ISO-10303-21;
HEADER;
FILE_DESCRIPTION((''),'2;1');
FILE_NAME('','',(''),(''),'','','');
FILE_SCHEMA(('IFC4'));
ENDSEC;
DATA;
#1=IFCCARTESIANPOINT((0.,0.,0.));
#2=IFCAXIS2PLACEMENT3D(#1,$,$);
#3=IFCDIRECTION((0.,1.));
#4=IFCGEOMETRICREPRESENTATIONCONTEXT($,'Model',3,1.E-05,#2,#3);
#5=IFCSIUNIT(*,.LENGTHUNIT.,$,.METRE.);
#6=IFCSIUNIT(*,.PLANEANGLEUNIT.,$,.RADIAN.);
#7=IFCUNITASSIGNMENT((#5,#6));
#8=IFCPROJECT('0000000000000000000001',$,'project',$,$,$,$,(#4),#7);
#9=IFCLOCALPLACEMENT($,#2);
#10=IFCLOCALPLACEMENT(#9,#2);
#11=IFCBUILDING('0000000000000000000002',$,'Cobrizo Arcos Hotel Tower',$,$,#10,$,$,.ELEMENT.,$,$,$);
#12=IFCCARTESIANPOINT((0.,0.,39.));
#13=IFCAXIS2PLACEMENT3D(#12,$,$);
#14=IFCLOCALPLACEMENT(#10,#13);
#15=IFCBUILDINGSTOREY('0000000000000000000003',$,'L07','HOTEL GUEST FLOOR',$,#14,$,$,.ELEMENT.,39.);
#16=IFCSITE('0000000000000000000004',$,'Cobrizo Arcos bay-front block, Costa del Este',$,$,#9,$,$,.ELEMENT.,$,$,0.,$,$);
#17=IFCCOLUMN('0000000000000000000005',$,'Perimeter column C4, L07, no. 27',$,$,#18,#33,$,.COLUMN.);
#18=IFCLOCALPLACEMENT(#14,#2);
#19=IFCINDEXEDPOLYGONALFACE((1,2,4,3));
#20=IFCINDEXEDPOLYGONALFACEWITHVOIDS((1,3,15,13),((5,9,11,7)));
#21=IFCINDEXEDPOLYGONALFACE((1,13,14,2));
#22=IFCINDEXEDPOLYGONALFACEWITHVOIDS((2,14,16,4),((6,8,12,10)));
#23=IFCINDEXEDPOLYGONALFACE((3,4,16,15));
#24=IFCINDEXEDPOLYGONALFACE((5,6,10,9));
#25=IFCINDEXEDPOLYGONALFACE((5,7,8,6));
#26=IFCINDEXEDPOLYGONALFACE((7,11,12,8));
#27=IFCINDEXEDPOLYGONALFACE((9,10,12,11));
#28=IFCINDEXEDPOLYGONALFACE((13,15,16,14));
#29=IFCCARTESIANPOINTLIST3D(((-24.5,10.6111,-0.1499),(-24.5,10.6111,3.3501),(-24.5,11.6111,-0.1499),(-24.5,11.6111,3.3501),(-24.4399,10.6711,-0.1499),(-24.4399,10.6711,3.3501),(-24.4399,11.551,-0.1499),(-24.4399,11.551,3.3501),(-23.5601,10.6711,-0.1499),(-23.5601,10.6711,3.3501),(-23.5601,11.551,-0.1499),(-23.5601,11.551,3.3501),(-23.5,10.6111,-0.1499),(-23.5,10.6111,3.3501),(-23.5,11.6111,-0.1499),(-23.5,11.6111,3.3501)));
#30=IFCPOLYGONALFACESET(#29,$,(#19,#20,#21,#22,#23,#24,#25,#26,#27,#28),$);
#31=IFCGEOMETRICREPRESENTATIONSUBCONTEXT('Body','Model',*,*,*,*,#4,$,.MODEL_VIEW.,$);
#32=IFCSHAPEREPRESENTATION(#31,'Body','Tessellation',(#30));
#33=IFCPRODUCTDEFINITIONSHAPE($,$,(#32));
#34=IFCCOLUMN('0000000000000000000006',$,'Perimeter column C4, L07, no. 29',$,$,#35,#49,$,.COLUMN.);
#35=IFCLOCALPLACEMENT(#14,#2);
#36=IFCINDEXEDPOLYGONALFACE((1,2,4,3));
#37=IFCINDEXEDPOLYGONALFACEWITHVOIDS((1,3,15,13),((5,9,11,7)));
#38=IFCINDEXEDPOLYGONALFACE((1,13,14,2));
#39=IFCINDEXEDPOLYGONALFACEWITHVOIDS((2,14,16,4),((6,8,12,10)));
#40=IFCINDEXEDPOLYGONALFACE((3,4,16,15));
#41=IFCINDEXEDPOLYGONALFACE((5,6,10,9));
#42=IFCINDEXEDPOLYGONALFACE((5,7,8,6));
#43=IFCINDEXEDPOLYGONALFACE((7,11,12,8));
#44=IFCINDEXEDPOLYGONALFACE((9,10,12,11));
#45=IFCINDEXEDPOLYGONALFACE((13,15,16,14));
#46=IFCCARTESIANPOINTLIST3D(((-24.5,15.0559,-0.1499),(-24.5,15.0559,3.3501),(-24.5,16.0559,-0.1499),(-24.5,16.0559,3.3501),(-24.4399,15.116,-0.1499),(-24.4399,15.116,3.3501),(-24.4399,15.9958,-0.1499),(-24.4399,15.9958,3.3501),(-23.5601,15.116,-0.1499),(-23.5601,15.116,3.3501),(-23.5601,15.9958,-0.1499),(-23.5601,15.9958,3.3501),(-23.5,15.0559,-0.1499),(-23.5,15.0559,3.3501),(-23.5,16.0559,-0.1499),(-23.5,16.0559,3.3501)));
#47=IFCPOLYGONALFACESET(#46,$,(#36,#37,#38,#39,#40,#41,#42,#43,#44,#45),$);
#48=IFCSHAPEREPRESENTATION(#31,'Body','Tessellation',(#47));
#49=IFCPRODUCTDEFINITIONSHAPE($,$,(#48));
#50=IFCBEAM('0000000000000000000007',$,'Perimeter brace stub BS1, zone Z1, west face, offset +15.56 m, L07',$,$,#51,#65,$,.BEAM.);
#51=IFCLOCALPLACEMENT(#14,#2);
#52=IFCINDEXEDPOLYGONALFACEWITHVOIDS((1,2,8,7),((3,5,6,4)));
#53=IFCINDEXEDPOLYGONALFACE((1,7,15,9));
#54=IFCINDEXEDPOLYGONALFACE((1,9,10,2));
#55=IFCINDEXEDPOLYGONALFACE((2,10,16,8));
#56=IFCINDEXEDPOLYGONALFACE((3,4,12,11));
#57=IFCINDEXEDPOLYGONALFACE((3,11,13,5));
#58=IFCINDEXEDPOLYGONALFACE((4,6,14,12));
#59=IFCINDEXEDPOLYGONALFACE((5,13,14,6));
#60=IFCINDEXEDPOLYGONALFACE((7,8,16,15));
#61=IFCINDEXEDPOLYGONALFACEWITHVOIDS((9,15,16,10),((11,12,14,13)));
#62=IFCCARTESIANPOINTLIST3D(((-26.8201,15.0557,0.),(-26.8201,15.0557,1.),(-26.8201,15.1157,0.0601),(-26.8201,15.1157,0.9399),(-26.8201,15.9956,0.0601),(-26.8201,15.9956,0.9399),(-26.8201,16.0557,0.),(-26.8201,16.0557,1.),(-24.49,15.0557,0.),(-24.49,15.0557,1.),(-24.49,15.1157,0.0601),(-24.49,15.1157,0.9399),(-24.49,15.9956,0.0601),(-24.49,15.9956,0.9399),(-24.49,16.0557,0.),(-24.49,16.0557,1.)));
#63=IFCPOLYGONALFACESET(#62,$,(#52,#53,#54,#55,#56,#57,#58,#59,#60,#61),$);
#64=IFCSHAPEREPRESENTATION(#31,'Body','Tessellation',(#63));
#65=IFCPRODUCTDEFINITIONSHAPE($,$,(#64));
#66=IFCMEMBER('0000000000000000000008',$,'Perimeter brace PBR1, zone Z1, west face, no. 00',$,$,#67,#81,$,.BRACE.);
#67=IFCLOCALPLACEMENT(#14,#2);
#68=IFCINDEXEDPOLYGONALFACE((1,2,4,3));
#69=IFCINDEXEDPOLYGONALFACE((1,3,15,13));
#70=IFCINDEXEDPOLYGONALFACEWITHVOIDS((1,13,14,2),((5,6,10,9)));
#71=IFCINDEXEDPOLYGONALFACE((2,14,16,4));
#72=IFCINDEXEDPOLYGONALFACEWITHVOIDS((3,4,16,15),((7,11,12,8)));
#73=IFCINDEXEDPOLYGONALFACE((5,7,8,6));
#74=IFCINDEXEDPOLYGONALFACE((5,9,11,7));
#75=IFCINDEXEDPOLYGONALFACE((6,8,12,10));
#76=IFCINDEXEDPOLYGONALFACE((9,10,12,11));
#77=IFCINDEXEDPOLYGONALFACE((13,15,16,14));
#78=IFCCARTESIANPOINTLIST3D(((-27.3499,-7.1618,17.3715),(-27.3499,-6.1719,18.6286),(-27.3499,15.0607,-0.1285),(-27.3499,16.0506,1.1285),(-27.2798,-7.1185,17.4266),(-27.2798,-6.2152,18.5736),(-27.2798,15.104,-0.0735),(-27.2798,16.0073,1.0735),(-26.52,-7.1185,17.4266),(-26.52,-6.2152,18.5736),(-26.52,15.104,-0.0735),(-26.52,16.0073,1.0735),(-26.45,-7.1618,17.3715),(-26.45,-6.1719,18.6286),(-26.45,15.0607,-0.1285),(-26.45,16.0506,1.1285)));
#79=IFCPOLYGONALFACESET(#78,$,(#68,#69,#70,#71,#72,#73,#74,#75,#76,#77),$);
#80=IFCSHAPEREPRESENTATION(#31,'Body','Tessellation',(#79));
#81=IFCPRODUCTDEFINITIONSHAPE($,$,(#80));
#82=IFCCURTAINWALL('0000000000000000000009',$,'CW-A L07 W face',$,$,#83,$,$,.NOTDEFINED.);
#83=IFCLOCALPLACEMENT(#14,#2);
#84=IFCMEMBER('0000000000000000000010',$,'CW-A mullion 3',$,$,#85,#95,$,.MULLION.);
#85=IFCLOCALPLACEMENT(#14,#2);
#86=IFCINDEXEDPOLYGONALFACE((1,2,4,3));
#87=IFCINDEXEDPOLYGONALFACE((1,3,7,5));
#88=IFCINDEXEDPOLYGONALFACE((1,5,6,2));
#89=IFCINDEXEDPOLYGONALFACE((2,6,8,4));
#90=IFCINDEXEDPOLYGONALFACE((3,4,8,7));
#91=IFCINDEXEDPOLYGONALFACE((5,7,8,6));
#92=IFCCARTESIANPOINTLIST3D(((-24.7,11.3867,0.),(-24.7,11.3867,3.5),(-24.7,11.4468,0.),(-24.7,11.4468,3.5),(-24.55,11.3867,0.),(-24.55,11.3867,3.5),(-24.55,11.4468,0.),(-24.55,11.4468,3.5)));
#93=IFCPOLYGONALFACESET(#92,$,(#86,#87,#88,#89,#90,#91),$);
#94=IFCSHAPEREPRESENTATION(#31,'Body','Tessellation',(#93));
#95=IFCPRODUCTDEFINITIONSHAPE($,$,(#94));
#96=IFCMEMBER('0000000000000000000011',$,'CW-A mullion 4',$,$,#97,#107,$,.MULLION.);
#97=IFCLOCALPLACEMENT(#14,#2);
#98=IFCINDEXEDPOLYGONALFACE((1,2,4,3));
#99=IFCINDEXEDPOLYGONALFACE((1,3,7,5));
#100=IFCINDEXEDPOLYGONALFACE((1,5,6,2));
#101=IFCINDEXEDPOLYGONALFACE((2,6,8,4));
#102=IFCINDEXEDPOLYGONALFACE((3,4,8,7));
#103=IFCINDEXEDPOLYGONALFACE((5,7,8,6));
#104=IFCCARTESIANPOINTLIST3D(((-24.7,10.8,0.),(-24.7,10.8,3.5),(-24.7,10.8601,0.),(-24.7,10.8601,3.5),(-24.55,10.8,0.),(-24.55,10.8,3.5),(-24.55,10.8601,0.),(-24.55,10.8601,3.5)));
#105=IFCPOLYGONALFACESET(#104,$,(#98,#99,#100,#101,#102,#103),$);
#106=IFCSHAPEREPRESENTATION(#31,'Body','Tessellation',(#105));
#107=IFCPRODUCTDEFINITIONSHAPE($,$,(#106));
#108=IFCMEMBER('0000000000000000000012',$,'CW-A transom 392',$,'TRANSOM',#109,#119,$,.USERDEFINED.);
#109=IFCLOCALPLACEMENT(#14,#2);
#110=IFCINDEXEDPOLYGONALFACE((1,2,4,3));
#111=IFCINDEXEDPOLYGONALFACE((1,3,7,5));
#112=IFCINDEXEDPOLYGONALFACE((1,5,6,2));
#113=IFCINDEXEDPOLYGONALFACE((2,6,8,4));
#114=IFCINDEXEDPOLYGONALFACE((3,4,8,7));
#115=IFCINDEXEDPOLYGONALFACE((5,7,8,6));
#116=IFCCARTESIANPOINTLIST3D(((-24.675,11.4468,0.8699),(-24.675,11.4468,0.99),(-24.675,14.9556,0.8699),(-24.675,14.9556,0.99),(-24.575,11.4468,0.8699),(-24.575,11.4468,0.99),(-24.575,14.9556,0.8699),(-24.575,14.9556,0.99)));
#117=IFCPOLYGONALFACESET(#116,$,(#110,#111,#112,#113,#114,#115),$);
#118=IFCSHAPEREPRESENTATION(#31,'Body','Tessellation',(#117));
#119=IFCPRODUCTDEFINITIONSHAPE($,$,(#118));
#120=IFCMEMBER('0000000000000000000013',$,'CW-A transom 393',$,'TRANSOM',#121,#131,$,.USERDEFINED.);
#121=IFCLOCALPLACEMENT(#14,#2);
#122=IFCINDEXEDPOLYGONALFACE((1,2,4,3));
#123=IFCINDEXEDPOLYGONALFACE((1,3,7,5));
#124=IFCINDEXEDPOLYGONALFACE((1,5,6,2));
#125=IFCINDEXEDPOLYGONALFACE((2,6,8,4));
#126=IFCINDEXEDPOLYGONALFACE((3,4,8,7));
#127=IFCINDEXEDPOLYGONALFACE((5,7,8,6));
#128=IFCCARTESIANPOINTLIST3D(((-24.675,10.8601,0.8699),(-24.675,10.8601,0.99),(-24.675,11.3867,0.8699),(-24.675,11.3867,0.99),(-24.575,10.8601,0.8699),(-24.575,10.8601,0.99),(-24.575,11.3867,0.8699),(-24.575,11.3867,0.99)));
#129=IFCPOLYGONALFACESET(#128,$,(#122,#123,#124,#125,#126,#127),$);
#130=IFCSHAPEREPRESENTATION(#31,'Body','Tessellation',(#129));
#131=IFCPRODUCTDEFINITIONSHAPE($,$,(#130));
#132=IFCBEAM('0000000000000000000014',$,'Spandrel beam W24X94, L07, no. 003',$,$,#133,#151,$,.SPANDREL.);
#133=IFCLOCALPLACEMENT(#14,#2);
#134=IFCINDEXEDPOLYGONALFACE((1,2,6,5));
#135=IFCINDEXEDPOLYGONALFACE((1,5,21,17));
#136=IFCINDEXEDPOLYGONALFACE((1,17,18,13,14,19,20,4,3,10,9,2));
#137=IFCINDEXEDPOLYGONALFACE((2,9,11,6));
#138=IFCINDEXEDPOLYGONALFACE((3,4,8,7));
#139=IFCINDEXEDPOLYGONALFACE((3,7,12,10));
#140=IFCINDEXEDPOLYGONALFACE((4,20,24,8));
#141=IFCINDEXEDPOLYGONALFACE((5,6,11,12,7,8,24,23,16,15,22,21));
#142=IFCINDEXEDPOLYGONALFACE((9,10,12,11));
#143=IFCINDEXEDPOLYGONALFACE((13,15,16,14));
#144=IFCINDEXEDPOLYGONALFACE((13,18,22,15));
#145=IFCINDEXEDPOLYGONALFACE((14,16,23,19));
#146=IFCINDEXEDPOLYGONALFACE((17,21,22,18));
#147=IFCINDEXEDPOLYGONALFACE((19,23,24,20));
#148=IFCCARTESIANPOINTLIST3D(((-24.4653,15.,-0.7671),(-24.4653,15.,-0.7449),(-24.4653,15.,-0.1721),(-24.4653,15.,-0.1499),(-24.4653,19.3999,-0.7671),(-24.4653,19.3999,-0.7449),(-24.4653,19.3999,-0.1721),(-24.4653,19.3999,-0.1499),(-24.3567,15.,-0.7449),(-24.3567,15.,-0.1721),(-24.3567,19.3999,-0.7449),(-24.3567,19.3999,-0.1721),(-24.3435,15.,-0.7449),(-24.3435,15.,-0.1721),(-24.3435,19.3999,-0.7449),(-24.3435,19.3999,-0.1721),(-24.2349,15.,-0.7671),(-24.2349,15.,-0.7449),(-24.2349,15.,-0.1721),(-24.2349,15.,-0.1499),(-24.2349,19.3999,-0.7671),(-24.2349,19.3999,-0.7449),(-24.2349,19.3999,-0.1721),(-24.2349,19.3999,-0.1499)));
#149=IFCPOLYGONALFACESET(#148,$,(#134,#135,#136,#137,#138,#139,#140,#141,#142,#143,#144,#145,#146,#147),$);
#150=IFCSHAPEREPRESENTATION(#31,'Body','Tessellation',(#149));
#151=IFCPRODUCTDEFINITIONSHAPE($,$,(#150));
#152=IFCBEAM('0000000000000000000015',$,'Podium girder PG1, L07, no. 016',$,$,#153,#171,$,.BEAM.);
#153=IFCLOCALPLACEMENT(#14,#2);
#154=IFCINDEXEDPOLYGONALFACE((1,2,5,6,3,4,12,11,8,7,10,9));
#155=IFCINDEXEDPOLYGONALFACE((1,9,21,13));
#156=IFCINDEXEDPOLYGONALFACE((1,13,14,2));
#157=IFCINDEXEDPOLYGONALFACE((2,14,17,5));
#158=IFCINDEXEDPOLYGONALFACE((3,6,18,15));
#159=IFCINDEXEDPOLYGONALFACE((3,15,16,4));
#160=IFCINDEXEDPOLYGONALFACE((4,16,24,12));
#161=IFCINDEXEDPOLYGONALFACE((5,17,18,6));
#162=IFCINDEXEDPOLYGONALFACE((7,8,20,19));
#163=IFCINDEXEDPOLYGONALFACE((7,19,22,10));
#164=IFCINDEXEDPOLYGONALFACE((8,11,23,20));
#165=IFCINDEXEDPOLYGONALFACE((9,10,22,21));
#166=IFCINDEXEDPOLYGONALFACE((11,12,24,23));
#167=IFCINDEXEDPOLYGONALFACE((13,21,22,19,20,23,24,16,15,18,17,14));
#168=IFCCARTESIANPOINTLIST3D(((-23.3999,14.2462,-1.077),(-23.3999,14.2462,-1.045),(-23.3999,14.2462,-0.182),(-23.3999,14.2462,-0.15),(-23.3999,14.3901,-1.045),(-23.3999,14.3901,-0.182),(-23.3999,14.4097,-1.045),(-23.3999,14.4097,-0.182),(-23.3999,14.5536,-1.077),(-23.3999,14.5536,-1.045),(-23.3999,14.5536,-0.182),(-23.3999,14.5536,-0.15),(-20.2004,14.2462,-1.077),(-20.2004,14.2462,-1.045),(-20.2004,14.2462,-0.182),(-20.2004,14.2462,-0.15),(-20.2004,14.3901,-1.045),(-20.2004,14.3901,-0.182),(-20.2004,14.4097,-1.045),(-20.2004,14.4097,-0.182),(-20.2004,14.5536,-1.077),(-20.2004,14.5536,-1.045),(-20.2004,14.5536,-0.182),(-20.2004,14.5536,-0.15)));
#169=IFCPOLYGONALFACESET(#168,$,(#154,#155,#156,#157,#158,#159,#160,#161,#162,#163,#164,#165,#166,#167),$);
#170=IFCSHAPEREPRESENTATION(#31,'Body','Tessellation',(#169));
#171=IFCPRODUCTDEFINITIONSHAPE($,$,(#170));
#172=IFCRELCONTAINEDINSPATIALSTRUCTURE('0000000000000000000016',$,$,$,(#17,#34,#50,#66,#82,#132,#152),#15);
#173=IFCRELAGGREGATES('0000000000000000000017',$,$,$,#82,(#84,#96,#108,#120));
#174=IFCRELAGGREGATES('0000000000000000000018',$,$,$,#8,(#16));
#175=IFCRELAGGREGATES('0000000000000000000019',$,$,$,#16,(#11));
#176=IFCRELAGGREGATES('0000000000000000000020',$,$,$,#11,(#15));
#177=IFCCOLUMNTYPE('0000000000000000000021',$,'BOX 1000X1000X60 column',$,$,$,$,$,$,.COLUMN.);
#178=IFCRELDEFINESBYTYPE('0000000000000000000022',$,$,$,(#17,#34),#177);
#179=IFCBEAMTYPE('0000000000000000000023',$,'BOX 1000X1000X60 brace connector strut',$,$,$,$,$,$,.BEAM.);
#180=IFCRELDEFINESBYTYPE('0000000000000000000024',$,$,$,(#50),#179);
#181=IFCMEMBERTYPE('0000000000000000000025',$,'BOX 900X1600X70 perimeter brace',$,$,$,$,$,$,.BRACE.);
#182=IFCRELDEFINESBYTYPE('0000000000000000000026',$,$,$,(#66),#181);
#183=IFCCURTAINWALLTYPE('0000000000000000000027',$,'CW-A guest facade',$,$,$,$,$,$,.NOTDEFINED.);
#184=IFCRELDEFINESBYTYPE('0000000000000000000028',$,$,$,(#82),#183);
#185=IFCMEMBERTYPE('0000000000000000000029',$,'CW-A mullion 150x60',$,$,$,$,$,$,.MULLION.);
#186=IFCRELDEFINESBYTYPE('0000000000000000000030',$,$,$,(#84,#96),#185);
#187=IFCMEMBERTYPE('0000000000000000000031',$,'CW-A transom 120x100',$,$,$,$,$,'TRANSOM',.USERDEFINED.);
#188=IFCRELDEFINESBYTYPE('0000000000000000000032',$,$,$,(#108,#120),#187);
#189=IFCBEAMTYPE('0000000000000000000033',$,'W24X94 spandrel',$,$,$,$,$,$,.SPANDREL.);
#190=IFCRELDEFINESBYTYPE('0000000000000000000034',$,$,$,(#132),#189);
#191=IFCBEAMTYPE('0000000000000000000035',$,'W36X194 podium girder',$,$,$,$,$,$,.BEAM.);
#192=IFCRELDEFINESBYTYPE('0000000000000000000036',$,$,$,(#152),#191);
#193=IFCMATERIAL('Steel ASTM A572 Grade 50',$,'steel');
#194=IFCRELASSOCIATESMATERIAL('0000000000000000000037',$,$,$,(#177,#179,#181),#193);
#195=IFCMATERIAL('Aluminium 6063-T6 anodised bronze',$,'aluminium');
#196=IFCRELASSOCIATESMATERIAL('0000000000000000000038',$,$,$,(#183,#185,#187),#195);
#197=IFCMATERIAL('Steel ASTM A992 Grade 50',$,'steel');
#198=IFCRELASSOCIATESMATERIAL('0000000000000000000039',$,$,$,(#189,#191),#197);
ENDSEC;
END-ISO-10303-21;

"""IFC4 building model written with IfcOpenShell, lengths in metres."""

from ifc_helpers import new_model, si_unit, direction, frame, origin, origin_2d, place, context, subcontext, project, spatial, rectangle, hollow_rectangle, i_section, extrude, material, material_profile, profile_set, type_object, element, aggregate, save


model = new_model("IFC4")

# Units and contexts
model_context = context("Model", 3, precision=1e-05, world=origin(), true_north=direction((0.0, 1.0)))
body_context = subcontext(model_context, "Body", "Model", "MODEL_VIEW")
ifc_project = project(units=[si_unit("LENGTHUNIT", "METRE"), si_unit("PLANEANGLEUNIT", "RADIAN")], contexts=[model_context])

# Site, building, storey
site_placement = place(None, origin())
site = spatial("IfcSite", under=ifc_project, at=site_placement, Name="Cobrizo Arcos bay-front block, Costa del Este", CompositionType="ELEMENT", RefElevation=0.0)
building_placement = place(site_placement, origin())
building = spatial("IfcBuilding", under=site, at=building_placement, Name="Cobrizo Arcos Hotel Tower", CompositionType="ELEMENT")
storey_placement = place(building_placement, frame((0.0, 0.0, 39.0)))
storey = spatial("IfcBuildingStorey", under=building, at=storey_placement, Name="L07", Description="HOTEL GUEST FLOOR", CompositionType="ELEMENT", Elevation=39.0)

# Columns
ifc_material_1 = material(Name="Steel ASTM A572 Grade 50", Category="steel")
ifc_material_profile_1 = material_profile(ifc_material_1, hollow_rectangle(XDim=1.0, YDim=1.0, WallThickness=0.0601, at=origin_2d()), Name="BOX 1000X1000X60")
ifc_profile_set_1 = profile_set([ifc_material_profile_1], Name="Steel ASTM A572 Grade 50")
column_type = type_object("IfcColumnType", Name="BOX 1000X1000X60 column", PredefinedType="COLUMN", material=ifc_profile_set_1)
for number, where, z_axis, x_axis, name in (
    (1, (-24.0, 11.1111, -0.1499), (0.0, 0.0, 1.0), (1.0, 0.0, 0.0), "Perimeter column C4, L07, no. 27"),
    (2, (-24.0, 15.5559, -0.1499), (0.0, 0.0, 1.0), (1.0, 0.0, 0.0), "Perimeter column C4, L07, no. 29"),
):
    element("IfcColumn", number, at=place(storey_placement, frame(where, z_axis=z_axis, x_axis=x_axis)), inside=storey, type_object=column_type, Name=name, PredefinedType="COLUMN", context=body_context, shape_type="SweptSolid", body=[
        extrude(hollow_rectangle(XDim=1.0, YDim=1.0, WallThickness=0.0601, at=origin_2d()), origin(), (0.0, 0.0, 1.0), 3.5),
    ])

# Beam
ifc_material_profile_2 = material_profile(ifc_material_1, hollow_rectangle(XDim=1.0, YDim=1.0, WallThickness=0.0601, at=origin_2d()), Name="BOX 1000X1000X60")
ifc_profile_set_2 = profile_set([ifc_material_profile_2], Name="Steel ASTM A572 Grade 50")
beam_type_1 = type_object("IfcBeamType", Name="BOX 1000X1000X60 brace connector strut", PredefinedType="BEAM", material=ifc_profile_set_2)
beam_1_placement = place(storey_placement, frame((-24.49, 15.5557, 0.5), z_axis=(-1.0, 0.0, 0.0), x_axis=(0.0, -1.0, 0.0)))
element("IfcBeam", 3, at=beam_1_placement, inside=storey, type_object=beam_type_1, Name="Perimeter brace stub BS1, zone Z1, west face, offset +15.56 m, L07", PredefinedType="BEAM", context=body_context, shape_type="SweptSolid", body=[
    extrude(hollow_rectangle(XDim=1.0, YDim=1.0, WallThickness=0.0601, at=origin_2d()), origin(), (0.0, 0.0, 1.0), 2.3301),
])

# Member
ifc_material_profile_3 = material_profile(ifc_material_1, hollow_rectangle(XDim=0.8999, YDim=1.6001, WallThickness=0.0701, at=origin_2d()), Name="BOX 900X1600X70")
ifc_profile_set_3 = profile_set([ifc_material_profile_3], Name="Steel ASTM A572 Grade 50")
member_type_1 = type_object("IfcMemberType", Name="BOX 900X1600X70 perimeter brace", PredefinedType="BRACE", material=ifc_profile_set_3)
member_1_placement = place(storey_placement, frame((-26.8999, 15.5557, 0.5), z_axis=(0.0, -0.785639, 0.618685), x_axis=(1.0, 0.0, 0.0)))
element("IfcMember", 4, at=member_1_placement, inside=storey, type_object=member_type_1, Name="Perimeter brace PBR1, zone Z1, west face, no. 00", PredefinedType="BRACE", context=body_context, shape_type="SweptSolid", body=[
    extrude(hollow_rectangle(XDim=0.8999, YDim=1.6001, WallThickness=0.0701, at=origin_2d()), origin(), (0.0, 0.0, 1.0), 28.2859),
])

# Curtain wall, members
ifc_material_2 = material(Name="Aluminium 6063-T6 anodised bronze", Category="aluminium")
curtain_wall_type = type_object("IfcCurtainWallType", Name="CW-A guest facade", PredefinedType="NOTDEFINED", material=ifc_material_2)
curtain_wall_placement = place(storey_placement, origin())
curtain_wall = element("IfcCurtainWall", 5, at=curtain_wall_placement, inside=storey, type_object=curtain_wall_type, Name="CW-A L07 W face", PredefinedType="NOTDEFINED")
ifc_material_profile_4 = material_profile(ifc_material_2, rectangle(XDim=0.1499, YDim=0.0601, at=origin_2d()), Name="CW-A mullion 150x60")
ifc_profile_set_4 = profile_set([ifc_material_profile_4], Name="Aluminium 6063-T6 anodised bronze")
member_type_2 = type_object("IfcMemberType", Name="CW-A mullion 150x60", PredefinedType="MULLION", material=ifc_profile_set_4)
member_2_placement = place(storey_placement, frame((-24.625, 11.4167, 0.0), z_axis=(0.0, 0.0, 1.0), x_axis=(-1.0, 0.0, 0.0)))
member_2 = element("IfcMember", 6, at=member_2_placement, type_object=member_type_2, Name="CW-A mullion 3", PredefinedType="MULLION", context=body_context, shape_type="SweptSolid", body=[
    extrude(rectangle(XDim=0.1499, YDim=0.0601, at=origin_2d()), origin(), (0.0, 0.0, 1.0), 3.5),
])
member_3_placement = place(storey_placement, frame((-24.625, 10.8301, 0.0), z_axis=(0.0, 0.0, 1.0), x_axis=(-1.0, 0.0, 0.0)))
member_3 = element("IfcMember", 7, at=member_3_placement, type_object=member_type_2, Name="CW-A mullion 4", PredefinedType="MULLION", context=body_context, shape_type="SweptSolid", body=[
    extrude(rectangle(XDim=0.1499, YDim=0.0601, at=origin_2d()), origin(), (0.0, 0.0, 1.0), 3.5),
])
ifc_material_profile_5 = material_profile(ifc_material_2, rectangle(XDim=0.1001, YDim=0.1201, at=origin_2d()), Name="CW-A transom 120x100")
ifc_profile_set_5 = profile_set([ifc_material_profile_5], Name="Aluminium 6063-T6 anodised bronze")
member_type_3 = type_object("IfcMemberType", Name="CW-A transom 120x100", ElementType="TRANSOM", PredefinedType="USERDEFINED", material=ifc_profile_set_5)
member_4_placement = place(storey_placement, frame((-24.625, 14.9556, 0.9299), z_axis=(0.0, -1.0, 0.0), x_axis=(1.0, 0.0, 0.0)))
member_4 = element("IfcMember", 8, at=member_4_placement, type_object=member_type_3, Name="CW-A transom 392", ObjectType="TRANSOM", PredefinedType="USERDEFINED", context=body_context, shape_type="SweptSolid", body=[
    extrude(rectangle(XDim=0.1001, YDim=0.1201, at=origin_2d()), origin(), (0.0, 0.0, 1.0), 3.5088),
])
member_5_placement = place(storey_placement, frame((-24.625, 11.3867, 0.9299), z_axis=(0.0, -1.0, 0.0), x_axis=(1.0, 0.0, 0.0)))
member_5 = element("IfcMember", 9, at=member_5_placement, type_object=member_type_3, Name="CW-A transom 393", ObjectType="TRANSOM", PredefinedType="USERDEFINED", context=body_context, shape_type="SweptSolid", body=[
    extrude(rectangle(XDim=0.1001, YDim=0.1201, at=origin_2d()), origin(), (0.0, 0.0, 1.0), 0.5266),
])

# Beams
ifc_material_3 = material(Name="Steel ASTM A992 Grade 50", Category="steel")
ifc_material_profile_6 = material_profile(ifc_material_3, i_section(OverallWidth=0.2305, OverallDepth=0.6172, WebThickness=0.0132, FlangeThickness=0.0222, at=origin_2d()), Name="W24X94")
ifc_profile_set_6 = profile_set([ifc_material_profile_6], Name="Steel ASTM A992 Grade 50")
beam_type_2 = type_object("IfcBeamType", Name="W24X94 spandrel", PredefinedType="SPANDREL", material=ifc_profile_set_6)
beam_2_placement = place(storey_placement, frame((-24.3501, 15.0, -0.4585), z_axis=(0.0, 1.0, 0.0), x_axis=(-1.0, 0.0, 0.0)))
element("IfcBeam", 10, at=beam_2_placement, inside=storey, type_object=beam_type_2, Name="Spandrel beam W24X94, L07, no. 003", PredefinedType="SPANDREL", context=body_context, shape_type="SweptSolid", body=[
    extrude(i_section(OverallWidth=0.2305, OverallDepth=0.6172, WebThickness=0.0132, FlangeThickness=0.0222, at=origin_2d()), origin(), (0.0, 0.0, 1.0), 4.3999),
])
ifc_material_profile_7 = material_profile(ifc_material_3, i_section(OverallWidth=0.3074, OverallDepth=0.927, WebThickness=0.0195, FlangeThickness=0.032, at=origin_2d()), Name="W36X194")
ifc_profile_set_7 = profile_set([ifc_material_profile_7], Name="Steel ASTM A992 Grade 50")
beam_type_3 = type_object("IfcBeamType", Name="W36X194 podium girder", PredefinedType="BEAM", material=ifc_profile_set_7)
beam_3_placement = place(storey_placement, frame((-23.3999, 14.3999, -0.6135), z_axis=(1.0, 0.0, 0.0), x_axis=(0.0, 1.0, 0.0)))
element("IfcBeam", 11, at=beam_3_placement, inside=storey, type_object=beam_type_3, Name="Podium girder PG1, L07, no. 016", PredefinedType="BEAM", context=body_context, shape_type="SweptSolid", body=[
    extrude(i_section(OverallWidth=0.3074, OverallDepth=0.927, WebThickness=0.0195, FlangeThickness=0.032, at=origin_2d()), origin(), (0.0, 0.0, 1.0), 3.1995),
])

aggregate(curtain_wall, [member_2, member_3, member_4, member_5])

save(model, "model.ifc")
